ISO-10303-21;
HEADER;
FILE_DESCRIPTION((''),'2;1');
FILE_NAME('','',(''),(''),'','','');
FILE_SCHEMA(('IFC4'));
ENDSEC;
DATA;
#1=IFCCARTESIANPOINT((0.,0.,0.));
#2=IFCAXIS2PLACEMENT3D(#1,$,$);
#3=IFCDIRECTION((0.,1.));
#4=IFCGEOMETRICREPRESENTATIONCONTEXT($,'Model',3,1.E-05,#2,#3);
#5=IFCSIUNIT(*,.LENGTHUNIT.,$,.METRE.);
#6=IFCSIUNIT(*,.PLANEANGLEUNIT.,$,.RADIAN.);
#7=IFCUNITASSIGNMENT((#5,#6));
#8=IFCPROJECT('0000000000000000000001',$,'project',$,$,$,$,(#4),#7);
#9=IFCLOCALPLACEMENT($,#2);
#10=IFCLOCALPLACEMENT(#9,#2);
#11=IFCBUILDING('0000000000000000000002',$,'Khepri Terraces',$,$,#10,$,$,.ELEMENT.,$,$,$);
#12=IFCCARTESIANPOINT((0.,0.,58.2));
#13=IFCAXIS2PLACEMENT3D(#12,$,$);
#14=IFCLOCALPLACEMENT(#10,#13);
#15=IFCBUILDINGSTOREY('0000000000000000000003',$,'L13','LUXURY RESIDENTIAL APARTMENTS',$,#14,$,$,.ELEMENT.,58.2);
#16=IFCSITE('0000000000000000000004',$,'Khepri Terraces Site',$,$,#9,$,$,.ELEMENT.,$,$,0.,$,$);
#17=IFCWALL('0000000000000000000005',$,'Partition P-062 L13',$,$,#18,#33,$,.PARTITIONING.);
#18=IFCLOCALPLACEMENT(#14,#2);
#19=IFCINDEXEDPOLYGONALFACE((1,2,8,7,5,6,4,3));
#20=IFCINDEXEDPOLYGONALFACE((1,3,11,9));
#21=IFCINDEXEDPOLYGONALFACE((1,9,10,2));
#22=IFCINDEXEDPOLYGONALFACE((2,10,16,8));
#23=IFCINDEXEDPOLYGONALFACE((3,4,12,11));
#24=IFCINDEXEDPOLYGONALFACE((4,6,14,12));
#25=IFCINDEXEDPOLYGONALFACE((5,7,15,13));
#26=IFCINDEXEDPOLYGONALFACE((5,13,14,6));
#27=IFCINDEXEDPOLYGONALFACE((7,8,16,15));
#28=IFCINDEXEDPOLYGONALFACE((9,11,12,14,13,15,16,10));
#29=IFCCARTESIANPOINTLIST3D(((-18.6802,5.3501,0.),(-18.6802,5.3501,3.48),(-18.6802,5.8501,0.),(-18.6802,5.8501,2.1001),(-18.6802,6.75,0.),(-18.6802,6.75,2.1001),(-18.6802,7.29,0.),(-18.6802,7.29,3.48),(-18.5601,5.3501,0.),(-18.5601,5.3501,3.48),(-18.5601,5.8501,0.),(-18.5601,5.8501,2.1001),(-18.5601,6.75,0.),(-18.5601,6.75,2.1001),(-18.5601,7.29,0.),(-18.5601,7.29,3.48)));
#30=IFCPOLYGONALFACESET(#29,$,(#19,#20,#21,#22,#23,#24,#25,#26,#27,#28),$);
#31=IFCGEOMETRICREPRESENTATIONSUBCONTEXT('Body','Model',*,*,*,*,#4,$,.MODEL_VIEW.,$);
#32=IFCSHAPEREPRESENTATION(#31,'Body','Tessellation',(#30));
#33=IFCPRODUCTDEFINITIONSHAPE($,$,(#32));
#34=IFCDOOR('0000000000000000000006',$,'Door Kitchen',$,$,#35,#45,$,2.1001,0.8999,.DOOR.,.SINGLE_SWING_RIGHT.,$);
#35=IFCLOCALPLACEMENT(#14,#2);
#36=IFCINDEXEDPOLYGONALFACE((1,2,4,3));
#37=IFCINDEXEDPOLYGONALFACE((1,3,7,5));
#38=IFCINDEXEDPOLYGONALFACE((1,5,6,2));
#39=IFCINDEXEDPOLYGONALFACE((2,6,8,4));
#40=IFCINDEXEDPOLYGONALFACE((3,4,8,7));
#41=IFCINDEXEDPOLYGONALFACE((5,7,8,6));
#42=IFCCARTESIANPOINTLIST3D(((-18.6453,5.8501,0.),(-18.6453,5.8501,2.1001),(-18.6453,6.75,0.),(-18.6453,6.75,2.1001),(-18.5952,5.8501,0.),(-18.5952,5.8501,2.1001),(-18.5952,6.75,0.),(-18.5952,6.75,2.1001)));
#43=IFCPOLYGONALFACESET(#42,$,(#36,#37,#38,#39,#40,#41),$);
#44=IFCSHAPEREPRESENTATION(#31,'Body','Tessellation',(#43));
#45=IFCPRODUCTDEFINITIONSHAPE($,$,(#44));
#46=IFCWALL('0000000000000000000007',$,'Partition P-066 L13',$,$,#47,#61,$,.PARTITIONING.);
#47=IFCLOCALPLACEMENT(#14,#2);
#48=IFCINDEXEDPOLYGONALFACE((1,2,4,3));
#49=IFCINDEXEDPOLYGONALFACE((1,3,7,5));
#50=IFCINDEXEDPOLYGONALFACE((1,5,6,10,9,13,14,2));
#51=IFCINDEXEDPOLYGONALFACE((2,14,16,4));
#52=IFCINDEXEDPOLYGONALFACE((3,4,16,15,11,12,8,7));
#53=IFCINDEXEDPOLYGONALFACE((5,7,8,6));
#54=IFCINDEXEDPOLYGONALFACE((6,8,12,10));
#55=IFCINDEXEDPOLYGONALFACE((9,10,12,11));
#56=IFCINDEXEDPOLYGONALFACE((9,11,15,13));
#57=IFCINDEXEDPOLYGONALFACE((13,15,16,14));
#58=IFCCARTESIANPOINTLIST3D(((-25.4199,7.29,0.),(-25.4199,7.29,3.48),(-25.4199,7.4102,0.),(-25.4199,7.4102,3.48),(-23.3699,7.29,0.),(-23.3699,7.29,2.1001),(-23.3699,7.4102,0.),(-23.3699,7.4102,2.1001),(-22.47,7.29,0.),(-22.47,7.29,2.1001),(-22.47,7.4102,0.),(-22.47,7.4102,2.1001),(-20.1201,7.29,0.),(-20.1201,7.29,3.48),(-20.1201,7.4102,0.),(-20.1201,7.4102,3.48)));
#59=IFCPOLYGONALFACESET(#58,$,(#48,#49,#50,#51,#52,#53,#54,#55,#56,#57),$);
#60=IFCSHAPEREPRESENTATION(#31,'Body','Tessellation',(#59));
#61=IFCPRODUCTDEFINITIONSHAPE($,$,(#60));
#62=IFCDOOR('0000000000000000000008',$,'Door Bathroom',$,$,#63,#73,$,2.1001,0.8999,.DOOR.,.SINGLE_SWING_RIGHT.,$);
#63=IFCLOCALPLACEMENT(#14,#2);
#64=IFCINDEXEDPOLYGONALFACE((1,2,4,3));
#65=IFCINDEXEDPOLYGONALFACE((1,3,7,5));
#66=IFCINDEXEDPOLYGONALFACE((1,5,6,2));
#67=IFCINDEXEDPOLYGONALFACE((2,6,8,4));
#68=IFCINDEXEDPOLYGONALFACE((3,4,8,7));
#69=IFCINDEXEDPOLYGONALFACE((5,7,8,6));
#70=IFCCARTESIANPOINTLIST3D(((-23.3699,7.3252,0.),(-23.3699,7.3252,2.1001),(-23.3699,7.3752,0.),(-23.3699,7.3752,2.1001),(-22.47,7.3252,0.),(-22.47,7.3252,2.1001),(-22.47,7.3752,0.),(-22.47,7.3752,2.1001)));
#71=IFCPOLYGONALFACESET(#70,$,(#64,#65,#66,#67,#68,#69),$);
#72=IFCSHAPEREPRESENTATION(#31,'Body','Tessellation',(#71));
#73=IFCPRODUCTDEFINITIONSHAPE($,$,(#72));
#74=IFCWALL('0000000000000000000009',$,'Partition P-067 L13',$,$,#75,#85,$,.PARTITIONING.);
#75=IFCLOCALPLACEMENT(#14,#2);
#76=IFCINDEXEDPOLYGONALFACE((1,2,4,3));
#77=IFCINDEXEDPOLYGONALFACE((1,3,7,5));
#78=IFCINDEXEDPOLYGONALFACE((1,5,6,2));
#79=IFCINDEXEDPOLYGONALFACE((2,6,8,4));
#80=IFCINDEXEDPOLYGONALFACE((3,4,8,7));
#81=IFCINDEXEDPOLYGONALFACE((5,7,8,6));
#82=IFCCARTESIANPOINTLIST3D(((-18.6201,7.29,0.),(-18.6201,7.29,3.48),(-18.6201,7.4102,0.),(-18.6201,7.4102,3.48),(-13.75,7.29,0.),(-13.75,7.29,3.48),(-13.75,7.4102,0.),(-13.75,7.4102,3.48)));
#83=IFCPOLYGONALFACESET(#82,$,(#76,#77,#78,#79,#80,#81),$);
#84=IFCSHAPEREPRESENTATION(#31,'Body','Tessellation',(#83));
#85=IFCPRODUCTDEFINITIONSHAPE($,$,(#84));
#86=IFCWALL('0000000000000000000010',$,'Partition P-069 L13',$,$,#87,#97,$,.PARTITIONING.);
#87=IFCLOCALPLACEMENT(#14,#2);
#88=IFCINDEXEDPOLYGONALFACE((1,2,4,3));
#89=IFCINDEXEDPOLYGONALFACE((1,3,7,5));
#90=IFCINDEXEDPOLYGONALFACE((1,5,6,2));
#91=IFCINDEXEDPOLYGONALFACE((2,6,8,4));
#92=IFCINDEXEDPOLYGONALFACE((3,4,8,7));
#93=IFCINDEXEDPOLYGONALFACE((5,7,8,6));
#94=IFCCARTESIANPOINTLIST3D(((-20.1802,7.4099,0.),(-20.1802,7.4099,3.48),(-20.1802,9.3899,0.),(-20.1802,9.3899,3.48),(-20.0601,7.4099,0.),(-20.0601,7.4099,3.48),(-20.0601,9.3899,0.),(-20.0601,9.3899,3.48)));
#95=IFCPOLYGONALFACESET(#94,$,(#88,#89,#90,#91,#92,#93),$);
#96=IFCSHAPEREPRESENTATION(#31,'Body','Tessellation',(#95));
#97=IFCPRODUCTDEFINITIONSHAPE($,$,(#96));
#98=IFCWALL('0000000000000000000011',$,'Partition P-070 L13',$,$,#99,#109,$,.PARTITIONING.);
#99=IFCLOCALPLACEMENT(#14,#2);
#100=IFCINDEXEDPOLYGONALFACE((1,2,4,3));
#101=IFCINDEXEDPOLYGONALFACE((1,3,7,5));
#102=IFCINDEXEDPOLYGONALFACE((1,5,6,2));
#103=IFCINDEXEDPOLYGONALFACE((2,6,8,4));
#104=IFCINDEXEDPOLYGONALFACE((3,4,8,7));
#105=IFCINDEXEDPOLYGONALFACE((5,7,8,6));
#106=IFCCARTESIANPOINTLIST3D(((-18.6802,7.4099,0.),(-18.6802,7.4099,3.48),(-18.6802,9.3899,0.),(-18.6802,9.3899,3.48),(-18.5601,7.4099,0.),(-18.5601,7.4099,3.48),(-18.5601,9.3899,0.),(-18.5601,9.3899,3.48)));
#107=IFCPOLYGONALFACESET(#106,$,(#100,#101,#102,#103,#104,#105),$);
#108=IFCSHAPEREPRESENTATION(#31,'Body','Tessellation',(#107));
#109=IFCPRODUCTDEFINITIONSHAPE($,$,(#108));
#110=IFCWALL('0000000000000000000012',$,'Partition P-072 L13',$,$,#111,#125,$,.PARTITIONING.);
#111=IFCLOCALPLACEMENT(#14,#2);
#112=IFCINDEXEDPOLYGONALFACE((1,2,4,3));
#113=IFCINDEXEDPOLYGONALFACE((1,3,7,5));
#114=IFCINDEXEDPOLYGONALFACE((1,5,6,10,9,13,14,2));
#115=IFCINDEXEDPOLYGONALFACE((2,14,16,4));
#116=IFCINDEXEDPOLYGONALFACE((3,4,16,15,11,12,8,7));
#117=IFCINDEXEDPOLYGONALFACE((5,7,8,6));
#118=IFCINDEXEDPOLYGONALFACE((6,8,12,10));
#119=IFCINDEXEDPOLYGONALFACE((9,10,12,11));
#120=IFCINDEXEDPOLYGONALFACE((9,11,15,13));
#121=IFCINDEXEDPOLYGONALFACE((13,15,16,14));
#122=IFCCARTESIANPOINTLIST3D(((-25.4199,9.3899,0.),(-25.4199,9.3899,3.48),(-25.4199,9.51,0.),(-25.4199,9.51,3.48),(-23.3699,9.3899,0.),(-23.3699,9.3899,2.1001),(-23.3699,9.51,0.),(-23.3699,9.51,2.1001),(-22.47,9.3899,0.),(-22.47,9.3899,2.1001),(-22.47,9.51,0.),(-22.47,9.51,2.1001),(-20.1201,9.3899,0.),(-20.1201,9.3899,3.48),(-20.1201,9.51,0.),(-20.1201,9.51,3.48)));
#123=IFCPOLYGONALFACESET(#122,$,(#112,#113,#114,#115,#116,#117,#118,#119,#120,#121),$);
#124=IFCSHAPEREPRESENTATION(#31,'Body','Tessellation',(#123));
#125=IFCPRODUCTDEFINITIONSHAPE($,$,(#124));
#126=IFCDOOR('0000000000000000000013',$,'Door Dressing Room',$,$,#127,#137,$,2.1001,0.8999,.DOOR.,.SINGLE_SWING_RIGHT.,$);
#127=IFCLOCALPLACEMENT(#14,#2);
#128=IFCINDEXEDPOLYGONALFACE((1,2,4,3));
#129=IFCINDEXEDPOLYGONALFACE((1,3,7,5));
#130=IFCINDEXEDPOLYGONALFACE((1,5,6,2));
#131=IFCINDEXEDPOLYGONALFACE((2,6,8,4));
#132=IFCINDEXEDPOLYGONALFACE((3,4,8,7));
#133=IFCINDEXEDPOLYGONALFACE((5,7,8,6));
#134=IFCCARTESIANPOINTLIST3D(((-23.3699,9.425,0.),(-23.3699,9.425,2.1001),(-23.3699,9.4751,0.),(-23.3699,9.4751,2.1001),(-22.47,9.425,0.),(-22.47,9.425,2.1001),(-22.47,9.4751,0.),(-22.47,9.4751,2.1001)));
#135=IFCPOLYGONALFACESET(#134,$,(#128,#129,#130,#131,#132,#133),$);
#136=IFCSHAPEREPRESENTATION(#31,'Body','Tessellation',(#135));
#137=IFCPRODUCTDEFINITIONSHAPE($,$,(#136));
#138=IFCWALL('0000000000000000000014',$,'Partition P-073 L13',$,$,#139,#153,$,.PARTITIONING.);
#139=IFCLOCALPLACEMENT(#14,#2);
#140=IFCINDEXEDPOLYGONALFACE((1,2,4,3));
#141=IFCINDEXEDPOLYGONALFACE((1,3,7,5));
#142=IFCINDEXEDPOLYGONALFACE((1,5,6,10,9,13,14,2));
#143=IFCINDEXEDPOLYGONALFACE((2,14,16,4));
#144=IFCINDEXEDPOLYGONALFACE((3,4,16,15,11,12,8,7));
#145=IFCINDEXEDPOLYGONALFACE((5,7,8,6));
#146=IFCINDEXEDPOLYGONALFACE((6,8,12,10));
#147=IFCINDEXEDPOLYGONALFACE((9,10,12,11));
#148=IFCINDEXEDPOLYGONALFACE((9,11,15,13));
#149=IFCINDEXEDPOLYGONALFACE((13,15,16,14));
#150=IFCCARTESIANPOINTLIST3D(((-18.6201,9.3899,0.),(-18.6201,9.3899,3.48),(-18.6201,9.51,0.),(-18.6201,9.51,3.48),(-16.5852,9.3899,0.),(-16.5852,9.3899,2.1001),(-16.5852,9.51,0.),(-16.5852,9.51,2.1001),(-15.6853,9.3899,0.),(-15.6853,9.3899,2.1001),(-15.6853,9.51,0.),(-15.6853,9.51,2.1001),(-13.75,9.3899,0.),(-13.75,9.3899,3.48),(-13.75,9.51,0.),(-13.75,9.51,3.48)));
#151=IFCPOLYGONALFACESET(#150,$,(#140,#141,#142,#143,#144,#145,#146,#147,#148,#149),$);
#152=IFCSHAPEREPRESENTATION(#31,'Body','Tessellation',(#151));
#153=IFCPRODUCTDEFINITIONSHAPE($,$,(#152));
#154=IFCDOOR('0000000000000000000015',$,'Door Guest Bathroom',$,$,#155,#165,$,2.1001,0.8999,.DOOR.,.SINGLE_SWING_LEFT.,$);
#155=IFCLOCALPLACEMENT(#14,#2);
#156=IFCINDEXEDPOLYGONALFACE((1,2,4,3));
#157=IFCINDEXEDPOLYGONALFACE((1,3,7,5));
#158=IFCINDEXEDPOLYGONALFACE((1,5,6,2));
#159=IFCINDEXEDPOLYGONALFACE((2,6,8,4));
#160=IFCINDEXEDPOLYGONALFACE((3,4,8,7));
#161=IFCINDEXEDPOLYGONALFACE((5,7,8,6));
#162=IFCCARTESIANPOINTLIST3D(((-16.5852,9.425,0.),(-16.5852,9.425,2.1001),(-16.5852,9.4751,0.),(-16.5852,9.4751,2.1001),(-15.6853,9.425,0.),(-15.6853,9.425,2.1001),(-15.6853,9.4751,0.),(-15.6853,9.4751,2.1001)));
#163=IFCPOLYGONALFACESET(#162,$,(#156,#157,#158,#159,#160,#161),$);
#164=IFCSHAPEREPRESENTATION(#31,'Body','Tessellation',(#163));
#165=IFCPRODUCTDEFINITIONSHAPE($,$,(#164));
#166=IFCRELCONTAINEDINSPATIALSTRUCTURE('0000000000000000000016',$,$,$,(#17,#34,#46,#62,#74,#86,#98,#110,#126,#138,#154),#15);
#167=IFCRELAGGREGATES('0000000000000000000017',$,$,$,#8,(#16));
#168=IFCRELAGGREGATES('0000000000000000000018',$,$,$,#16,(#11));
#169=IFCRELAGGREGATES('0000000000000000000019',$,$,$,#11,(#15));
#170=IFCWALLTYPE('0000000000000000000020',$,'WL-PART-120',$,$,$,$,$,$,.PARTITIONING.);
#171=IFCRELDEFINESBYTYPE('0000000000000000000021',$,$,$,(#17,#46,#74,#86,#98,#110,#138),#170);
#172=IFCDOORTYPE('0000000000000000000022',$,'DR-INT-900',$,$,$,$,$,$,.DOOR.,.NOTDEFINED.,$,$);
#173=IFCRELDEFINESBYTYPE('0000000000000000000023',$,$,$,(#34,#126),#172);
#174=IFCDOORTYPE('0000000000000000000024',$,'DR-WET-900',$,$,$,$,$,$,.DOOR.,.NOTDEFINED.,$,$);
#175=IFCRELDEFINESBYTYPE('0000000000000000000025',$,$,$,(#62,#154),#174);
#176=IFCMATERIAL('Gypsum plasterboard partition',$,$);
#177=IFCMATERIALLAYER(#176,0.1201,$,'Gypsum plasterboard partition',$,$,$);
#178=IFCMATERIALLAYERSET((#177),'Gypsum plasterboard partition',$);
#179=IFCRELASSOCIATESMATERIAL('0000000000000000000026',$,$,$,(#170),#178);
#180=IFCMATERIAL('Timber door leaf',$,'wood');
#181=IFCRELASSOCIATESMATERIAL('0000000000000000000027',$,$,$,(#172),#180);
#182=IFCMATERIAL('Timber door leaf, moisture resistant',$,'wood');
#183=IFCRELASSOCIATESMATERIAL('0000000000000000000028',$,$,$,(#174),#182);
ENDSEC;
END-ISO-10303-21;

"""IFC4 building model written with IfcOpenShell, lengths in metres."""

from ifc_helpers import new_model, si_unit, direction, frame, frame_2d, origin, place, context, subcontext, project, spatial, rectangle, extrude, material, layer, layer_set, type_object, element, fill, save


model = new_model("IFC4")

# Units and contexts
model_context = context("Model", 3, precision=1e-05, world=origin(), true_north=direction((0.0, 1.0)))
body_context = subcontext(model_context, "Body", "Model", "MODEL_VIEW")
ifc_project = project(units=[si_unit("LENGTHUNIT", "METRE"), si_unit("PLANEANGLEUNIT", "RADIAN")], contexts=[model_context])

# Site, building, storey
site_placement = place(None, origin())
site = spatial("IfcSite", under=ifc_project, at=site_placement, Name="Khepri Terraces Site", CompositionType="ELEMENT", RefElevation=0.0)
building_placement = place(site_placement, origin())
building = spatial("IfcBuilding", under=site, at=building_placement, Name="Khepri Terraces", CompositionType="ELEMENT")
storey_placement = place(building_placement, frame((0.0, 0.0, 58.2)))
storey = spatial("IfcBuildingStorey", under=building, at=storey_placement, Name="L13", Description="LUXURY RESIDENTIAL APARTMENTS", CompositionType="ELEMENT", Elevation=58.2)

# Shared definitions
ifc_material_1 = material(Name="Gypsum plasterboard partition")
ifc_layer_1 = layer(ifc_material_1, 0.1201, Name="Gypsum plasterboard partition")
ifc_layer_set_1 = layer_set([ifc_layer_1], Name="Gypsum plasterboard partition")
wall_type_1 = type_object("IfcWallType", Name="WL-PART-120", PredefinedType="PARTITIONING", material=ifc_layer_set_1)
ifc_material_2 = material(Name="Timber door leaf", Category="wood")
door_type_1 = type_object("IfcDoorType", Name="DR-INT-900", OperationType="NOTDEFINED", PredefinedType="DOOR", material=ifc_material_2)

# Walls, openings, doors
wall_1_placement = place(storey_placement, frame((-18.6201, 5.3501, 0.0), z_axis=(0.0, 0.0, 1.0), x_axis=(0.0, 1.0, 0.0)))
wall_1 = element("IfcWall", 1, at=wall_1_placement, inside=storey, type_object=wall_type_1, Name="Partition P-062 L13", PredefinedType="PARTITIONING", context=body_context, shape_type="SweptSolid", body=[
    extrude(rectangle(XDim=1.9399, YDim=0.1201, at=frame_2d((0.97, 0.0))), origin(), (0.0, 0.0, 1.0), 3.48),
])
opening_1_placement = place(wall_1_placement, frame((0.5, 0.0, 0.0)))
opening_1 = element("IfcOpeningElement", 2, at=opening_1_placement, cuts=wall_1, PredefinedType="OPENING", context=body_context, shape_type="SweptSolid", body=[
    extrude(rectangle(XDim=0.8999, YDim=2.1001, at=frame_2d((0.45, 1.05))), frame((0.0, 0.0701, 0.0), z_axis=(0.0, -1.0, 0.0), x_axis=(1.0, 0.0, 0.0)), (0.0, 0.0, 1.0), 0.1401),
])
door_1_placement = place(opening_1_placement, frame((0.8999, 0.0, 0.0), z_axis=(0.0, 0.0, 1.0), x_axis=(-1.0, 0.0, 0.0)))
door_1 = element("IfcDoor", 3, at=door_1_placement, inside=storey, type_object=door_type_1, Name="Door Kitchen", OperationType="SINGLE_SWING_RIGHT", OverallHeight=2.1001, OverallWidth=0.8999, PredefinedType="DOOR", context=body_context, shape_type="SweptSolid", body=[
    extrude(rectangle(XDim=0.8999, YDim=2.1001, at=frame_2d((0.45, 1.05))), frame((0.0, 0.0249, 0.0), z_axis=(0.0, -1.0, 0.0), x_axis=(1.0, 0.0, 0.0)), (0.0, 0.0, 1.0), 0.05),
])
fill(opening_1, door_1)
wall_2_placement = place(storey_placement, frame((-25.4199, 7.3501, 0.0), z_axis=(0.0, 0.0, 1.0), x_axis=(1.0, 0.0, 0.0)))
wall_2 = element("IfcWall", 4, at=wall_2_placement, inside=storey, type_object=wall_type_1, Name="Partition P-066 L13", PredefinedType="PARTITIONING", context=body_context, shape_type="SweptSolid", body=[
    extrude(rectangle(XDim=5.2998, YDim=0.1201, at=frame_2d((2.6499, 0.0))), origin(), (0.0, 0.0, 1.0), 3.48),
])
opening_2_placement = place(wall_2_placement, frame((2.05, 0.0, 0.0)))
opening_2 = element("IfcOpeningElement", 5, at=opening_2_placement, cuts=wall_2, PredefinedType="OPENING", context=body_context, shape_type="SweptSolid", body=[
    extrude(rectangle(XDim=0.8999, YDim=2.1001, at=frame_2d((0.45, 1.05))), frame((0.0, 0.0701, 0.0), z_axis=(0.0, -1.0, 0.0), x_axis=(1.0, 0.0, 0.0)), (0.0, 0.0, 1.0), 0.1401),
])
ifc_material_3 = material(Name="Timber door leaf, moisture resistant", Category="wood")
door_type_2 = type_object("IfcDoorType", Name="DR-WET-900", OperationType="NOTDEFINED", PredefinedType="DOOR", material=ifc_material_3)
door_2_placement = place(opening_2_placement, frame((0.8999, 0.0, 0.0), z_axis=(0.0, 0.0, 1.0), x_axis=(-1.0, 0.0, 0.0)))
door_2 = element("IfcDoor", 6, at=door_2_placement, inside=storey, type_object=door_type_2, Name="Door Bathroom", OperationType="SINGLE_SWING_RIGHT", OverallHeight=2.1001, OverallWidth=0.8999, PredefinedType="DOOR", context=body_context, shape_type="SweptSolid", body=[
    extrude(rectangle(XDim=0.8999, YDim=2.1001, at=frame_2d((0.45, 1.05))), frame((0.0, 0.0249, 0.0), z_axis=(0.0, -1.0, 0.0), x_axis=(1.0, 0.0, 0.0)), (0.0, 0.0, 1.0), 0.05),
])
fill(opening_2, door_2)

# Walls
wall_3_placement = place(storey_placement, frame((-18.6201, 7.3501, 0.0), z_axis=(0.0, 0.0, 1.0), x_axis=(1.0, 0.0, 0.0)))
element("IfcWall", 7, at=wall_3_placement, inside=storey, type_object=wall_type_1, Name="Partition P-067 L13", PredefinedType="PARTITIONING", context=body_context, shape_type="SweptSolid", body=[
    extrude(rectangle(XDim=4.8701, YDim=0.1201, at=frame_2d((2.4351, 0.0))), origin(), (0.0, 0.0, 1.0), 3.48),
])
for number, where, z_axis, x_axis, name in (
    (8, (-20.1201, 7.4099, 0.0), (0.0, 0.0, 1.0), (0.0, 1.0, 0.0), "Partition P-069 L13"),
    (9, (-18.6201, 7.4099, 0.0), (0.0, 0.0, 1.0), (0.0, 1.0, 0.0), "Partition P-070 L13"),
):
    element("IfcWall", number, at=place(storey_placement, frame(where, z_axis=z_axis, x_axis=x_axis)), inside=storey, type_object=wall_type_1, Name=name, PredefinedType="PARTITIONING", context=body_context, shape_type="SweptSolid", body=[
        extrude(rectangle(XDim=1.98, YDim=0.1201, at=frame_2d((0.99, 0.0))), origin(), (0.0, 0.0, 1.0), 3.48),
    ])

# Walls, openings, doors
wall_4_placement = place(storey_placement, frame((-25.4199, 9.45, 0.0), z_axis=(0.0, 0.0, 1.0), x_axis=(1.0, 0.0, 0.0)))
wall_4 = element("IfcWall", 10, at=wall_4_placement, inside=storey, type_object=wall_type_1, Name="Partition P-072 L13", PredefinedType="PARTITIONING", context=body_context, shape_type="SweptSolid", body=[
    extrude(rectangle(XDim=5.2998, YDim=0.1201, at=frame_2d((2.6499, 0.0))), origin(), (0.0, 0.0, 1.0), 3.48),
])
opening_3_placement = place(wall_4_placement, frame((2.05, 0.0, 0.0)))
opening_3 = element("IfcOpeningElement", 11, at=opening_3_placement, cuts=wall_4, PredefinedType="OPENING", context=body_context, shape_type="SweptSolid", body=[
    extrude(rectangle(XDim=0.8999, YDim=2.1001, at=frame_2d((0.45, 1.05))), frame((0.0, 0.0701, 0.0), z_axis=(0.0, -1.0, 0.0), x_axis=(1.0, 0.0, 0.0)), (0.0, 0.0, 1.0), 0.1401),
])
door_3_placement = place(opening_3_placement, frame((0.8999, 0.0, 0.0), z_axis=(0.0, 0.0, 1.0), x_axis=(-1.0, 0.0, 0.0)))
door_3 = element("IfcDoor", 12, at=door_3_placement, inside=storey, type_object=door_type_1, Name="Door Dressing Room", OperationType="SINGLE_SWING_RIGHT", OverallHeight=2.1001, OverallWidth=0.8999, PredefinedType="DOOR", context=body_context, shape_type="SweptSolid", body=[
    extrude(rectangle(XDim=0.8999, YDim=2.1001, at=frame_2d((0.45, 1.05))), frame((0.0, 0.0249, 0.0), z_axis=(0.0, -1.0, 0.0), x_axis=(1.0, 0.0, 0.0)), (0.0, 0.0, 1.0), 0.05),
])
fill(opening_3, door_3)
wall_5_placement = place(storey_placement, frame((-18.6201, 9.45, 0.0), z_axis=(0.0, 0.0, 1.0), x_axis=(1.0, 0.0, 0.0)))
wall_5 = element("IfcWall", 13, at=wall_5_placement, inside=storey, type_object=wall_type_1, Name="Partition P-073 L13", PredefinedType="PARTITIONING", context=body_context, shape_type="SweptSolid", body=[
    extrude(rectangle(XDim=4.8701, YDim=0.1201, at=frame_2d((2.4351, 0.0))), origin(), (0.0, 0.0, 1.0), 3.48),
])
opening_4_placement = place(wall_5_placement, frame((2.0349, 0.0, 0.0)))
opening_4 = element("IfcOpeningElement", 14, at=opening_4_placement, cuts=wall_5, PredefinedType="OPENING", context=body_context, shape_type="SweptSolid", body=[
    extrude(rectangle(XDim=0.8999, YDim=2.1001, at=frame_2d((0.45, 1.05))), frame((0.0, 0.0701, 0.0), z_axis=(0.0, -1.0, 0.0), x_axis=(1.0, 0.0, 0.0)), (0.0, 0.0, 1.0), 0.1401),
])
door_4_placement = place(opening_4_placement, frame((0.8999, 0.0, 0.0), z_axis=(0.0, 0.0, 1.0), x_axis=(-1.0, 0.0, 0.0)))
door_4 = element("IfcDoor", 15, at=door_4_placement, inside=storey, type_object=door_type_2, Name="Door Guest Bathroom", OperationType="SINGLE_SWING_LEFT", OverallHeight=2.1001, OverallWidth=0.8999, PredefinedType="DOOR", context=body_context, shape_type="SweptSolid", body=[
    extrude(rectangle(XDim=0.8999, YDim=2.1001, at=frame_2d((0.45, 1.05))), frame((0.0, 0.0249, 0.0), z_axis=(0.0, -1.0, 0.0), x_axis=(1.0, 0.0, 0.0)), (0.0, 0.0, 1.0), 0.05),
])
fill(opening_4, door_4)

save(model, "model.ifc")
